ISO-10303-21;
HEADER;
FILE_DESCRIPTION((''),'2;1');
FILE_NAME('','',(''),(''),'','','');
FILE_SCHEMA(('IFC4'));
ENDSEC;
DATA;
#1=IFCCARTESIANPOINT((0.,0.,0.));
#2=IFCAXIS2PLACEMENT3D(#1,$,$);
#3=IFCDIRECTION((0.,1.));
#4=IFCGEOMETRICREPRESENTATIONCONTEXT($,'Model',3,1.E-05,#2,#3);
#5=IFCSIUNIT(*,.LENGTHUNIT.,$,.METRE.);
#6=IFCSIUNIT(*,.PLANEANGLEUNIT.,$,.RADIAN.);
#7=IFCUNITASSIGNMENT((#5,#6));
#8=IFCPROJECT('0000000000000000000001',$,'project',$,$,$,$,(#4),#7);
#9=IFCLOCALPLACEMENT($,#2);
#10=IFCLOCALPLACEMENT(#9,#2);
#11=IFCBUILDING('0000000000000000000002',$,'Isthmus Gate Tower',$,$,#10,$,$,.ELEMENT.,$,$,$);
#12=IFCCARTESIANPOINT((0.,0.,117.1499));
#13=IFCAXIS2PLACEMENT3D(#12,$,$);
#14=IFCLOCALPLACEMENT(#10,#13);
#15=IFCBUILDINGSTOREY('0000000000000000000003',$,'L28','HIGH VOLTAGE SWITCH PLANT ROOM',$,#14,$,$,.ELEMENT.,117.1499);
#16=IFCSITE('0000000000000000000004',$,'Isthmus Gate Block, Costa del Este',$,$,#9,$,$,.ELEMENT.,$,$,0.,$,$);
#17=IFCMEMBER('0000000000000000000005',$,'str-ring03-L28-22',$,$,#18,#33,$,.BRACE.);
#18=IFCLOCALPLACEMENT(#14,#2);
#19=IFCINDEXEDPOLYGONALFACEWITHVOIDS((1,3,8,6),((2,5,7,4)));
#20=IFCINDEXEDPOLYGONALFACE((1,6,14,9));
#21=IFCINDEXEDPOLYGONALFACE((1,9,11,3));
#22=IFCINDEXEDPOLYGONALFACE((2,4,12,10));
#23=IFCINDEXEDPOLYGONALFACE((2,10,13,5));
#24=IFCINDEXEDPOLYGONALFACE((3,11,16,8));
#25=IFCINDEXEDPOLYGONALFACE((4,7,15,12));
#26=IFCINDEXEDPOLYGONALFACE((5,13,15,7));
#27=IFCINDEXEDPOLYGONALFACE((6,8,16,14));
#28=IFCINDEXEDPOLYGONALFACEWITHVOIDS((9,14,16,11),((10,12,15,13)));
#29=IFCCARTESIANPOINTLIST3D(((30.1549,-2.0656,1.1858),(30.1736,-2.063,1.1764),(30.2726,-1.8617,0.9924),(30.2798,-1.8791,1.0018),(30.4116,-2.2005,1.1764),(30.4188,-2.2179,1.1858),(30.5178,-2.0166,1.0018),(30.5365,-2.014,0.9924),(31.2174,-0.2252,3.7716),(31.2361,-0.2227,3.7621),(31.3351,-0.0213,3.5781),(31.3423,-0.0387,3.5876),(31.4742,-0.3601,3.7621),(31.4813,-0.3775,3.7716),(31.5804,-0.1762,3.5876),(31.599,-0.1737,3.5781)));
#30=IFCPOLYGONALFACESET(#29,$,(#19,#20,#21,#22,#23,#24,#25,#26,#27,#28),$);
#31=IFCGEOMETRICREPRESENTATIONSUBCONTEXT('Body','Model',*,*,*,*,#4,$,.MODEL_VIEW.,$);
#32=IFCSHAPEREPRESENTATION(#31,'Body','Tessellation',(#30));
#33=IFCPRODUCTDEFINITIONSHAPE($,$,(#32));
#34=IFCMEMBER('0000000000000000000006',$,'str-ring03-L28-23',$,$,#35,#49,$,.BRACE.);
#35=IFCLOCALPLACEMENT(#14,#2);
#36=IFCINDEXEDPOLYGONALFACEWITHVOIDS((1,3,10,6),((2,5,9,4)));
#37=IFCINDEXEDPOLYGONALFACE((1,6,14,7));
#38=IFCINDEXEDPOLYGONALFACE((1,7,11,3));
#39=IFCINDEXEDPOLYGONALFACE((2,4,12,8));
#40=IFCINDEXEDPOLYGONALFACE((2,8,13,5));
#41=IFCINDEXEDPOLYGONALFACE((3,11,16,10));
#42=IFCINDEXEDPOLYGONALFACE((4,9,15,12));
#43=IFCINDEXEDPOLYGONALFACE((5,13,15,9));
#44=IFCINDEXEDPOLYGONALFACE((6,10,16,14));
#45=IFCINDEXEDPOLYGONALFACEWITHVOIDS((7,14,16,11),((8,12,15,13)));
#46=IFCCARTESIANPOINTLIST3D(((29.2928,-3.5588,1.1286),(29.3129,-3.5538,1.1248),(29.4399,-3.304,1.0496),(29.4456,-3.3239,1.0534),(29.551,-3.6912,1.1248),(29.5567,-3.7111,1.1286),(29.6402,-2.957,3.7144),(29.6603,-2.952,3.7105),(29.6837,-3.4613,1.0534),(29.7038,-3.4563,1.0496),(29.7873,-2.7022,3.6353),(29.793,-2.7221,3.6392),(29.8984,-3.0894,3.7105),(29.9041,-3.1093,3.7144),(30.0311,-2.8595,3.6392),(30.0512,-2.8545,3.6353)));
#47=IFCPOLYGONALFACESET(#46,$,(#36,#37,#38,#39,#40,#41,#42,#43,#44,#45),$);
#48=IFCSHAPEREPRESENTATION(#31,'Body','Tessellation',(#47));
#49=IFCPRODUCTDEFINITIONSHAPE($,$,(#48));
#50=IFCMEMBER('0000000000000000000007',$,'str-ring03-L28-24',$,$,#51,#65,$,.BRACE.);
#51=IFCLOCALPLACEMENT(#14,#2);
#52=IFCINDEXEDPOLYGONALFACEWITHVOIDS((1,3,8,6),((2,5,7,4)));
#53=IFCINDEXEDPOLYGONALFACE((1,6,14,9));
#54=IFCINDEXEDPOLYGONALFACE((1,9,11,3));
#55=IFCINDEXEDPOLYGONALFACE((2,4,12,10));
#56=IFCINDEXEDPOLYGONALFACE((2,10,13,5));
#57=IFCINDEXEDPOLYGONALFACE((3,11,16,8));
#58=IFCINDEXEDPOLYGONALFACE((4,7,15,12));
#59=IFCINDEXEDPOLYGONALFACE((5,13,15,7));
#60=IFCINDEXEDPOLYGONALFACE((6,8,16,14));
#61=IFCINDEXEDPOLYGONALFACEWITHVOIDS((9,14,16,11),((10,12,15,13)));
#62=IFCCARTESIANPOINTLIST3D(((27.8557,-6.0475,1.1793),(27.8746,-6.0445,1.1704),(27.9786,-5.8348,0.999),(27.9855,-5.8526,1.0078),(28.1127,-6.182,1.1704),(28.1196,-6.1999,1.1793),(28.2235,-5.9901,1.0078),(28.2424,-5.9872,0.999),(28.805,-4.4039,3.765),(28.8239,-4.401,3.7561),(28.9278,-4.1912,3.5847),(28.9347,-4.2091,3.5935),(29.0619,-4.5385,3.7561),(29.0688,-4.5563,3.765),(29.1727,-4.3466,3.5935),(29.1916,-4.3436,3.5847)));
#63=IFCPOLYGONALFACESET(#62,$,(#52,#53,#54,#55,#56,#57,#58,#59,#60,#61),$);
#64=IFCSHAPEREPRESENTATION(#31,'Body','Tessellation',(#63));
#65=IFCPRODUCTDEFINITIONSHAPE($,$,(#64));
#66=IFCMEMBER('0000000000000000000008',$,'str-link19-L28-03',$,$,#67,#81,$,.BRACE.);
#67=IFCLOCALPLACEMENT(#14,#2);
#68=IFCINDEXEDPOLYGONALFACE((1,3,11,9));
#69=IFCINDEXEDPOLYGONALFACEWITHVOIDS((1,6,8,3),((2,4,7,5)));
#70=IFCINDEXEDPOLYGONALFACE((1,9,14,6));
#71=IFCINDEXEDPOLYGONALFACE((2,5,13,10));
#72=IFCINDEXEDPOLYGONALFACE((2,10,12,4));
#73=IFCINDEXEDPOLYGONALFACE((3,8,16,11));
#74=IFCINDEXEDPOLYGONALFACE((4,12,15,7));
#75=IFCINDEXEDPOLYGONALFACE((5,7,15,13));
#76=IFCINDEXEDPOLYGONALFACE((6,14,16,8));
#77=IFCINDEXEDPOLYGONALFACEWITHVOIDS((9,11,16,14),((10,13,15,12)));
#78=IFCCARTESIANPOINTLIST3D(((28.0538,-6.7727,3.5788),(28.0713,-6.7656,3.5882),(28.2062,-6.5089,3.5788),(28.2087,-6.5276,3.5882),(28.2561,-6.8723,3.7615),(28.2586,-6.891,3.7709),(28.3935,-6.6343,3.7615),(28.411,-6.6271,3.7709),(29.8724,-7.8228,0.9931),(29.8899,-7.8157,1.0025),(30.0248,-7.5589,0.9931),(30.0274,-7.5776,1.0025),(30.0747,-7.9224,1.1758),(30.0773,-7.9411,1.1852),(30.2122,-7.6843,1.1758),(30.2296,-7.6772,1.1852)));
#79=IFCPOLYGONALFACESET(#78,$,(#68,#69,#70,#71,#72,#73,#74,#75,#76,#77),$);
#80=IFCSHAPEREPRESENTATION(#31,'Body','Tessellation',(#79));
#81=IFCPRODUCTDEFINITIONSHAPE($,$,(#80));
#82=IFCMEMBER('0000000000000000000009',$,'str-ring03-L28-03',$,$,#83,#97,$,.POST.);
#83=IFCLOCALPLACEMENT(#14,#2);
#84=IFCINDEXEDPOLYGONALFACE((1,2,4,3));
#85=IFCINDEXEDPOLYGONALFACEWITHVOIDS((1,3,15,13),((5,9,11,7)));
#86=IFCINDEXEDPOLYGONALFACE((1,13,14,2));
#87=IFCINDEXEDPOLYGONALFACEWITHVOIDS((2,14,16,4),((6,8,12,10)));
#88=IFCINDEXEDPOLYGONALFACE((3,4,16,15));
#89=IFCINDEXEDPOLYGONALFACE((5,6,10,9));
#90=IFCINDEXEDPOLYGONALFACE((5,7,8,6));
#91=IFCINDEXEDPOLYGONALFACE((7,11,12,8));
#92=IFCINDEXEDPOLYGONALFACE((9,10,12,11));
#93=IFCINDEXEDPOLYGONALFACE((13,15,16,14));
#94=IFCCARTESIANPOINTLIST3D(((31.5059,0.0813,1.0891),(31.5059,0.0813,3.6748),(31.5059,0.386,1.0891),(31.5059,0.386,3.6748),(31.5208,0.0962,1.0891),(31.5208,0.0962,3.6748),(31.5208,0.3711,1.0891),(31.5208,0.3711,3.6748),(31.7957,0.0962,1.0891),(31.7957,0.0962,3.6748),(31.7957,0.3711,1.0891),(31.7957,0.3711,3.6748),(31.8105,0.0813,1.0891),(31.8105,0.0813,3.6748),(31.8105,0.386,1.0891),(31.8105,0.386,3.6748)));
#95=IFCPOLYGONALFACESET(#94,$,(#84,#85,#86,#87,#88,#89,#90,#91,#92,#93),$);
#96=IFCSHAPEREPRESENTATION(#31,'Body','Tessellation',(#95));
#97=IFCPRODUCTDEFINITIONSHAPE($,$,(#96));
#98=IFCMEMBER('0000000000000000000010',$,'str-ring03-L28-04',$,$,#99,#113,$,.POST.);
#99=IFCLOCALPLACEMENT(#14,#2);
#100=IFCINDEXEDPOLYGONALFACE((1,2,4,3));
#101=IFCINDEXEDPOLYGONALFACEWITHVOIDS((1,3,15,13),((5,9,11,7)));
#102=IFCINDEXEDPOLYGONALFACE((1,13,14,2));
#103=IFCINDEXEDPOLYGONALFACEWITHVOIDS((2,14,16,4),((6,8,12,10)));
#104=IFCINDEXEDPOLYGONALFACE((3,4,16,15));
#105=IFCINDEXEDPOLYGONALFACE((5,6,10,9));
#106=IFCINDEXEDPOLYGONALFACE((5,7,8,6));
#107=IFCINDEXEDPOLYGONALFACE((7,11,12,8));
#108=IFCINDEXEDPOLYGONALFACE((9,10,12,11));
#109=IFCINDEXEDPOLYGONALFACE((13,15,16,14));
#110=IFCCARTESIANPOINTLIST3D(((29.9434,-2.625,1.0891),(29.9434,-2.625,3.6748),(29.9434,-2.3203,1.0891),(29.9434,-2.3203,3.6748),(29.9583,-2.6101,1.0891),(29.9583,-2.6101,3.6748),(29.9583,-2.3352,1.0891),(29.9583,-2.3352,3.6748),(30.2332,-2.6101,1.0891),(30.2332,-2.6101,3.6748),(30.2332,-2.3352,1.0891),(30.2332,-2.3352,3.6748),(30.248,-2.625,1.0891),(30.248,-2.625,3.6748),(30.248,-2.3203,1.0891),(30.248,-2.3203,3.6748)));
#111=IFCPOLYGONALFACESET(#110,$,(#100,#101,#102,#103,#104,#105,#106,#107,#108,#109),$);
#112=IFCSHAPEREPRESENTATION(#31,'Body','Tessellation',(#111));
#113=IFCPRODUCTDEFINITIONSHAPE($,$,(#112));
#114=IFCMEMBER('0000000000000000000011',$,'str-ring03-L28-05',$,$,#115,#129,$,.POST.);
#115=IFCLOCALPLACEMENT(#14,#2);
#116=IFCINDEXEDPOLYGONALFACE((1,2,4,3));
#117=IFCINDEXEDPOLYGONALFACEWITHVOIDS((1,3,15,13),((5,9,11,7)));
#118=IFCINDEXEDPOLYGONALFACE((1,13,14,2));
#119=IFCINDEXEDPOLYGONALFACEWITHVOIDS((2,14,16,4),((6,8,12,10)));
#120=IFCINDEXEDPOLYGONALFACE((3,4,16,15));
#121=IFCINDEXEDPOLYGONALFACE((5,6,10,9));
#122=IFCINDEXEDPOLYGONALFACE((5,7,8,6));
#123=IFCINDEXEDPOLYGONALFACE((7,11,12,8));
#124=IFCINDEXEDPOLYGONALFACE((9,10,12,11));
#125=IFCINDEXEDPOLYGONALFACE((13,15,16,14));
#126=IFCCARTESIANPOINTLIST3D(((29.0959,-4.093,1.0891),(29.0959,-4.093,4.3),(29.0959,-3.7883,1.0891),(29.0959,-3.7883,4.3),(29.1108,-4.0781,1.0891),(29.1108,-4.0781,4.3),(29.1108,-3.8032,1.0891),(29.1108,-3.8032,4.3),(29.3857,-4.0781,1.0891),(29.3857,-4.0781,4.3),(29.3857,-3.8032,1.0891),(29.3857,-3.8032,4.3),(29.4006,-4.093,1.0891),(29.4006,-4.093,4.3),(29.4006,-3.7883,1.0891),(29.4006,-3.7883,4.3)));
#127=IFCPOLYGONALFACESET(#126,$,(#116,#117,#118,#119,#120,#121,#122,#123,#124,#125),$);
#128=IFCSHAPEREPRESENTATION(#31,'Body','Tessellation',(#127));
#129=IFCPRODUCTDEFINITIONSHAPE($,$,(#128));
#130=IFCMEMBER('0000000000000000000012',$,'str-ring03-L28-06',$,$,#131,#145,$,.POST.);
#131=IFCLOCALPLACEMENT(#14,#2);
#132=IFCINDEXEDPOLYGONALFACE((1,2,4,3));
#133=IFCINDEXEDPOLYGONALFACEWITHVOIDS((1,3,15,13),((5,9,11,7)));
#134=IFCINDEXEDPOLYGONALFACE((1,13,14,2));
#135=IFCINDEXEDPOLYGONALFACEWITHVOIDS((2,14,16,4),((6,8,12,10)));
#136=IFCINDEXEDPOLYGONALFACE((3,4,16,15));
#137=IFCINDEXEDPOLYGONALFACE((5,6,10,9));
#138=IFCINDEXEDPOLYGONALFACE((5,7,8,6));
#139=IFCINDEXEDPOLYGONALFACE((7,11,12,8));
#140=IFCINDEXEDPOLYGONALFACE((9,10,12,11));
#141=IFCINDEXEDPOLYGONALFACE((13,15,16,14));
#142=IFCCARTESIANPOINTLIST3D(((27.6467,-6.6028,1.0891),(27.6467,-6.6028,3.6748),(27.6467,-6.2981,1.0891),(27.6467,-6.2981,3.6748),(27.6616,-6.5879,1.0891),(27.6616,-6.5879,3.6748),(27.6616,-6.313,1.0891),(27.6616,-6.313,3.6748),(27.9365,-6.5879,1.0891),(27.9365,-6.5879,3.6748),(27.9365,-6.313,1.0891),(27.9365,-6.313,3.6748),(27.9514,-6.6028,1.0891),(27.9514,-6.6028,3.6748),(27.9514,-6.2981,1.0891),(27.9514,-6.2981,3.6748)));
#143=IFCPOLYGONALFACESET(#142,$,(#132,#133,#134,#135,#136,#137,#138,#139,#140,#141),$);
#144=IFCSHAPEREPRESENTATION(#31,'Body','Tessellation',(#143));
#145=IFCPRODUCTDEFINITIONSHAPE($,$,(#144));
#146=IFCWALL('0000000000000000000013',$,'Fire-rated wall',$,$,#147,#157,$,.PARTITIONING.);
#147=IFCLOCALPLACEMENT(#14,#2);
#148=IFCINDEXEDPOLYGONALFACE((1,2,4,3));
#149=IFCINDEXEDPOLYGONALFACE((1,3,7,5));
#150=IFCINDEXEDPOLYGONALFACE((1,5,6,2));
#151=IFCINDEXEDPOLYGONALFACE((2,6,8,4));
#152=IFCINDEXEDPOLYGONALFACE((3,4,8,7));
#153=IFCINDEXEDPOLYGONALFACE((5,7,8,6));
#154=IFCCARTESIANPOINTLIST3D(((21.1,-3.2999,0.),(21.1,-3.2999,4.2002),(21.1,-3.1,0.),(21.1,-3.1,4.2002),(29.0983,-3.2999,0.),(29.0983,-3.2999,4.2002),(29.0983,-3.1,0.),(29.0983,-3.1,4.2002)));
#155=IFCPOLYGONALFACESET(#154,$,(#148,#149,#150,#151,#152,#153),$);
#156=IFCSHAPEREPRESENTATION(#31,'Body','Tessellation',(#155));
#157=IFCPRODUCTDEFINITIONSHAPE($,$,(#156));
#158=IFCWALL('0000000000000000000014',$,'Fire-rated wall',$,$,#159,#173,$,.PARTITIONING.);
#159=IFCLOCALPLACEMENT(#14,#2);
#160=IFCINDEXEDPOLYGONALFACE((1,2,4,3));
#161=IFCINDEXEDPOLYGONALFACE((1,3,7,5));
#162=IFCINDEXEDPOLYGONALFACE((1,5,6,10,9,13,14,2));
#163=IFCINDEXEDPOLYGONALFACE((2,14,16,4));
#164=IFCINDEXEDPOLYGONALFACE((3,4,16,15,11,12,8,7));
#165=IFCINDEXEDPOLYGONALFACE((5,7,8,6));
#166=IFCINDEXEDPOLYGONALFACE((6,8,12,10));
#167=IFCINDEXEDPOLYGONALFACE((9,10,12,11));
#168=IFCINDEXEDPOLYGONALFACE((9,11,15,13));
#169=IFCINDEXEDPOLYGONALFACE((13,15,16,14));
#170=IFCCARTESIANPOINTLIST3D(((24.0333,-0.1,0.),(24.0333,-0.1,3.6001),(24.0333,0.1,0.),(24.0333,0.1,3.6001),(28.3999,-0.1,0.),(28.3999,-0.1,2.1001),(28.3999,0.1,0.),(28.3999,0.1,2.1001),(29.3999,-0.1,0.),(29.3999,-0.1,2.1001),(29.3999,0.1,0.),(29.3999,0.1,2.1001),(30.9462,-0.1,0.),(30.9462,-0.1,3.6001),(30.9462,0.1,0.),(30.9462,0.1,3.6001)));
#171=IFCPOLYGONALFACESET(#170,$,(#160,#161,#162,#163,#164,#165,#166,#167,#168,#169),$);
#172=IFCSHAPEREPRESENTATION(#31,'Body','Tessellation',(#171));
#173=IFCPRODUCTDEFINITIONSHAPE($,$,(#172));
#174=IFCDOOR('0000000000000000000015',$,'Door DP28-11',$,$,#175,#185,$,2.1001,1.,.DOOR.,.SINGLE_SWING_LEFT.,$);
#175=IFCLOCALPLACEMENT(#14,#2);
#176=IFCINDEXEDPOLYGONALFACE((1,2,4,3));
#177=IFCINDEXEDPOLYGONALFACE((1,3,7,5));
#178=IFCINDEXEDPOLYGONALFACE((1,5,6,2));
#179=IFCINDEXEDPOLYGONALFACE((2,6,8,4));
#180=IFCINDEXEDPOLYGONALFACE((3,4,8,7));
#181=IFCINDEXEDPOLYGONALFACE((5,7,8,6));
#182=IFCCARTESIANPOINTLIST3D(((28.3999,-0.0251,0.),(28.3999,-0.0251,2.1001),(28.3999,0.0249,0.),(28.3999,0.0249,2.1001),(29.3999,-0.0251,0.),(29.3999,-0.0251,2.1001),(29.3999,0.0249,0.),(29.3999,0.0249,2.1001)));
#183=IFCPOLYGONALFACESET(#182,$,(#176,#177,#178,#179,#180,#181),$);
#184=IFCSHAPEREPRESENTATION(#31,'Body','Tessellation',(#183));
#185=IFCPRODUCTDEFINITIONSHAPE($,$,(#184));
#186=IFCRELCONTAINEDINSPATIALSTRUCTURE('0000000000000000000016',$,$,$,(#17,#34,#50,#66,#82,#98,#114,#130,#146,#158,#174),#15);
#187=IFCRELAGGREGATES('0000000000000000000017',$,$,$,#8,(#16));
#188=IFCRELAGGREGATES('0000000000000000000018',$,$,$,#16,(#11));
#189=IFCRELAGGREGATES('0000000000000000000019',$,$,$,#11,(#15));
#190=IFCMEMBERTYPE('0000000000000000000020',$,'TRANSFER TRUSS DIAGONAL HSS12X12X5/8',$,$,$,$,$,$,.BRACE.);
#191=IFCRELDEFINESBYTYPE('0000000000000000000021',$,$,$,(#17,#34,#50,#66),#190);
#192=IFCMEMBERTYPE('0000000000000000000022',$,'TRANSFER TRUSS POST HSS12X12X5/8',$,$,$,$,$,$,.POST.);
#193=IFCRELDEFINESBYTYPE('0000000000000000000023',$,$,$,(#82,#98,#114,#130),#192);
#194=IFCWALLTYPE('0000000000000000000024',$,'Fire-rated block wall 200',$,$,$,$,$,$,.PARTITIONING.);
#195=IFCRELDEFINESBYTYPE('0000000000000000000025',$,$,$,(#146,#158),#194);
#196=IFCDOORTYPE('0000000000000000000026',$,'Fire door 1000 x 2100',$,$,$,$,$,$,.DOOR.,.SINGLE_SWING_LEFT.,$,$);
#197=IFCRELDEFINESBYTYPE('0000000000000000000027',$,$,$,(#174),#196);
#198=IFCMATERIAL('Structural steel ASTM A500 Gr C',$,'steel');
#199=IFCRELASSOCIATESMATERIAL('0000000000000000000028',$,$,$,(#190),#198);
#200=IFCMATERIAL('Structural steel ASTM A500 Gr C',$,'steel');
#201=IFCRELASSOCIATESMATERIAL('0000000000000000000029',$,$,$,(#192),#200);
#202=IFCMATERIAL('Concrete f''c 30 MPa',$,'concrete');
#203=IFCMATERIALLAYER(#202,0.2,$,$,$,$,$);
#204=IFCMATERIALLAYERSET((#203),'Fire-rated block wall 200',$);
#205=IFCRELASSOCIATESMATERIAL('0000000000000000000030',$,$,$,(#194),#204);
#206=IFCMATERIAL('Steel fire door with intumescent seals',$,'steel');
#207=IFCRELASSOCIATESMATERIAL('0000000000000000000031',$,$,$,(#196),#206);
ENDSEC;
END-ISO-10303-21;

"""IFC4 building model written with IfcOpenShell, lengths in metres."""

from ifc_helpers import new_model, si_unit, direction, frame, frame_2d, origin, origin_2d, place, context, subcontext, project, spatial, rectangle, hollow_rectangle, extrude, material, layer, layer_set, material_profile, profile_set, type_object, element, fill, save


model = new_model("IFC4")

# Units and contexts
model_context = context("Model", 3, precision=1e-05, world=origin(), true_north=direction((0.0, 1.0)))
body_context = subcontext(model_context, "Body", "Model", "MODEL_VIEW")
ifc_project = project(units=[si_unit("LENGTHUNIT", "METRE"), si_unit("PLANEANGLEUNIT", "RADIAN")], contexts=[model_context])

# Site, building, storey
site_placement = place(None, origin())
site = spatial("IfcSite", under=ifc_project, at=site_placement, Name="Isthmus Gate Block, Costa del Este", CompositionType="ELEMENT", RefElevation=0.0)
building_placement = place(site_placement, origin())
building = spatial("IfcBuilding", under=site, at=building_placement, Name="Isthmus Gate Tower", CompositionType="ELEMENT")
storey_placement = place(building_placement, frame((0.0, 0.0, 117.1499)))
storey = spatial("IfcBuildingStorey", under=building, at=storey_placement, Name="L28", Description="HIGH VOLTAGE SWITCH PLANT ROOM", CompositionType="ELEMENT", Elevation=117.1499)

# Members
ifc_material_1 = material(Name="Structural steel ASTM A500 Gr C", Category="steel")
ifc_material_profile_1 = material_profile(ifc_material_1, hollow_rectangle(XDim=0.3047, YDim=0.3047, WallThickness=0.0149, at=origin_2d()), Name="HSS12X12X5/8")
ifc_profile_set_1 = profile_set([ifc_material_profile_1], Name="Structural steel ASTM A500 Gr C")
member_type_1 = type_object("IfcMemberType", Name="TRANSFER TRUSS DIAGONAL HSS12X12X5/8", PredefinedType="BRACE", material=ifc_profile_set_1)
member_1_placement = place(storey_placement, frame((30.3457, -2.0398, 1.0891), z_axis=(0.317461, 0.549867, 0.772571), x_axis=(-0.866029, 0.499994, 0.0)))
element("IfcMember", 1, at=member_1_placement, inside=storey, type_object=member_type_1, Name="str-ring03-L28-22", PredefinedType="BRACE", context=body_context, shape_type="SweptSolid", body=[
    extrude(hollow_rectangle(XDim=0.3047, YDim=0.3047, WallThickness=0.0149, at=origin_2d()), origin(), (0.0, 0.0, 1.0), 3.3469),
])
member_2_placement = place(storey_placement, frame((29.4983, -3.5076, 1.0891), z_axis=(0.129755, 0.22477, 0.965734), x_axis=(-0.866051, 0.499956, 0.0)))
element("IfcMember", 2, at=member_2_placement, inside=storey, type_object=member_type_1, Name="str-ring03-L28-23", PredefinedType="BRACE", context=body_context, shape_type="SweptSolid", body=[
    extrude(hollow_rectangle(XDim=0.3047, YDim=0.3047, WallThickness=0.0149, at=origin_2d()), origin(), (0.0, 0.0, 1.0), 2.6775),
])
member_3_placement = place(storey_placement, frame((28.0491, -6.0173, 1.0891), z_axis=(0.295937, 0.512409, 0.806138), x_axis=(-0.865954, 0.500123, 0.0)))
element("IfcMember", 3, at=member_3_placement, inside=storey, type_object=member_type_1, Name="str-ring03-L28-24", PredefinedType="BRACE", context=body_context, shape_type="SweptSolid", body=[
    extrude(hollow_rectangle(XDim=0.3047, YDim=0.3047, WallThickness=0.0149, at=origin_2d()), origin(), (0.0, 0.0, 1.0), 3.2075),
])
member_4_placement = place(storey_placement, frame((30.051, -7.75, 1.0891), z_axis=(-0.545959, 0.315233, 0.776245), x_axis=(-0.500028, -0.866009, 0.0)))
element("IfcMember", 4, at=member_4_placement, inside=storey, type_object=member_type_1, Name="str-link19-L28-03", PredefinedType="BRACE", context=body_context, shape_type="SweptSolid", body=[
    extrude(hollow_rectangle(XDim=0.3047, YDim=0.3047, WallThickness=0.0149, at=origin_2d()), origin(), (0.0, 0.0, 1.0), 3.3311),
])
ifc_material_2 = material(Name="Structural steel ASTM A500 Gr C", Category="steel")
ifc_material_profile_2 = material_profile(ifc_material_2, hollow_rectangle(XDim=0.3047, YDim=0.3047, WallThickness=0.0149, at=origin_2d()), Name="HSS12X12X5/8")
ifc_profile_set_2 = profile_set([ifc_material_profile_2], Name="Structural steel ASTM A500 Gr C")
member_type_2 = type_object("IfcMemberType", Name="TRANSFER TRUSS POST HSS12X12X5/8", PredefinedType="POST", material=ifc_profile_set_2)
for number, where, z_axis, x_axis, name in (
    (5, (31.6582, 0.2336, 1.0891), (0.0, 0.0, 1.0), (1.0, 0.0, 0.0), "str-ring03-L28-03"),
    (6, (30.0957, -2.4727, 1.0891), (0.0, 0.0, 1.0), (1.0, 0.0, 0.0), "str-ring03-L28-04"),
):
    element("IfcMember", number, at=place(storey_placement, frame(where, z_axis=z_axis, x_axis=x_axis)), inside=storey, type_object=member_type_2, Name=name, PredefinedType="POST", context=body_context, shape_type="SweptSolid", body=[
        extrude(hollow_rectangle(XDim=0.3047, YDim=0.3047, WallThickness=0.0149, at=origin_2d()), origin(), (0.0, 0.0, 1.0), 2.5857),
    ])
member_5_placement = place(storey_placement, frame((29.2483, -3.9407, 1.0891), z_axis=(0.0, 0.0, 1.0), x_axis=(1.0, 0.0, 0.0)))
element("IfcMember", 7, at=member_5_placement, inside=storey, type_object=member_type_2, Name="str-ring03-L28-05", PredefinedType="POST", context=body_context, shape_type="SweptSolid", body=[
    extrude(hollow_rectangle(XDim=0.3047, YDim=0.3047, WallThickness=0.0149, at=origin_2d()), origin(), (0.0, 0.0, 1.0), 3.2109),
])
member_6_placement = place(storey_placement, frame((27.7991, -6.4504, 1.0891), z_axis=(0.0, 0.0, 1.0), x_axis=(1.0, 0.0, 0.0)))
element("IfcMember", 8, at=member_6_placement, inside=storey, type_object=member_type_2, Name="str-ring03-L28-06", PredefinedType="POST", context=body_context, shape_type="SweptSolid", body=[
    extrude(hollow_rectangle(XDim=0.3047, YDim=0.3047, WallThickness=0.0149, at=origin_2d()), origin(), (0.0, 0.0, 1.0), 2.5857),
])

# Wall
ifc_material_3 = material(Name="Concrete f'c 30 MPa", Category="concrete")
ifc_layer_1 = layer(ifc_material_3, 0.2)
ifc_layer_set_1 = layer_set([ifc_layer_1], Name="Fire-rated block wall 200")
wall_type_1 = type_object("IfcWallType", Name="Fire-rated block wall 200", PredefinedType="PARTITIONING", material=ifc_layer_set_1)
wall_1_placement = place(storey_placement, frame((21.1001, -3.2, 0.0), z_axis=(0.0, 0.0, 1.0), x_axis=(1.0, 0.0, 0.0)))
element("IfcWall", 9, at=wall_1_placement, inside=storey, type_object=wall_type_1, Name="Fire-rated wall", PredefinedType="PARTITIONING", context=body_context, shape_type="SweptSolid", body=[
    extrude(rectangle(XDim=7.9983, YDim=0.2, at=frame_2d((3.999, 0.0))), origin(), (0.0, 0.0, 1.0), 4.2002),
])

# Wall, opening, door
wall_2_placement = place(storey_placement, frame((24.0332, 0.0, 0.0), z_axis=(0.0, 0.0, 1.0), x_axis=(1.0, 0.0, 0.0)))
wall_2 = element("IfcWall", 10, at=wall_2_placement, inside=storey, type_object=wall_type_1, Name="Fire-rated wall", PredefinedType="PARTITIONING", context=body_context, shape_type="SweptSolid", body=[
    extrude(rectangle(XDim=6.9128, YDim=0.2, at=frame_2d((3.4565, 0.0))), origin(), (0.0, 0.0, 1.0), 3.6001),
])
opening_1_placement = place(wall_2_placement, frame((4.3667, 0.0, 0.0)))
opening_1 = element("IfcOpeningElement", 11, at=opening_1_placement, cuts=wall_2, PredefinedType="OPENING", context=body_context, shape_type="SweptSolid", body=[
    extrude(rectangle(XDim=1.0, YDim=2.1001, at=frame_2d((0.5, 1.05))), frame((0.0, 0.1099, 0.0), z_axis=(0.0, -1.0, 0.0), x_axis=(1.0, 0.0, 0.0)), (0.0, 0.0, 1.0), 0.22),
])
ifc_material_4 = material(Name="Steel fire door with intumescent seals", Category="steel")
door_type = type_object("IfcDoorType", Name="Fire door 1000 x 2100", OperationType="SINGLE_SWING_LEFT", PredefinedType="DOOR", material=ifc_material_4)
door_1_placement = place(opening_1_placement, origin())
door_1 = element("IfcDoor", 12, at=door_1_placement, inside=storey, type_object=door_type, Name="Door DP28-11", OperationType="SINGLE_SWING_LEFT", OverallHeight=2.1001, OverallWidth=1.0, PredefinedType="DOOR", context=body_context, shape_type="SweptSolid", body=[
    extrude(rectangle(XDim=1.0, YDim=2.1001, at=frame_2d((0.5, 1.05))), frame((0.0, 0.0249, 0.0), z_axis=(0.0, -1.0, 0.0), x_axis=(1.0, 0.0, 0.0)), (0.0, 0.0, 1.0), 0.05),
])
fill(opening_1, door_1)

save(model, "model.ifc")
